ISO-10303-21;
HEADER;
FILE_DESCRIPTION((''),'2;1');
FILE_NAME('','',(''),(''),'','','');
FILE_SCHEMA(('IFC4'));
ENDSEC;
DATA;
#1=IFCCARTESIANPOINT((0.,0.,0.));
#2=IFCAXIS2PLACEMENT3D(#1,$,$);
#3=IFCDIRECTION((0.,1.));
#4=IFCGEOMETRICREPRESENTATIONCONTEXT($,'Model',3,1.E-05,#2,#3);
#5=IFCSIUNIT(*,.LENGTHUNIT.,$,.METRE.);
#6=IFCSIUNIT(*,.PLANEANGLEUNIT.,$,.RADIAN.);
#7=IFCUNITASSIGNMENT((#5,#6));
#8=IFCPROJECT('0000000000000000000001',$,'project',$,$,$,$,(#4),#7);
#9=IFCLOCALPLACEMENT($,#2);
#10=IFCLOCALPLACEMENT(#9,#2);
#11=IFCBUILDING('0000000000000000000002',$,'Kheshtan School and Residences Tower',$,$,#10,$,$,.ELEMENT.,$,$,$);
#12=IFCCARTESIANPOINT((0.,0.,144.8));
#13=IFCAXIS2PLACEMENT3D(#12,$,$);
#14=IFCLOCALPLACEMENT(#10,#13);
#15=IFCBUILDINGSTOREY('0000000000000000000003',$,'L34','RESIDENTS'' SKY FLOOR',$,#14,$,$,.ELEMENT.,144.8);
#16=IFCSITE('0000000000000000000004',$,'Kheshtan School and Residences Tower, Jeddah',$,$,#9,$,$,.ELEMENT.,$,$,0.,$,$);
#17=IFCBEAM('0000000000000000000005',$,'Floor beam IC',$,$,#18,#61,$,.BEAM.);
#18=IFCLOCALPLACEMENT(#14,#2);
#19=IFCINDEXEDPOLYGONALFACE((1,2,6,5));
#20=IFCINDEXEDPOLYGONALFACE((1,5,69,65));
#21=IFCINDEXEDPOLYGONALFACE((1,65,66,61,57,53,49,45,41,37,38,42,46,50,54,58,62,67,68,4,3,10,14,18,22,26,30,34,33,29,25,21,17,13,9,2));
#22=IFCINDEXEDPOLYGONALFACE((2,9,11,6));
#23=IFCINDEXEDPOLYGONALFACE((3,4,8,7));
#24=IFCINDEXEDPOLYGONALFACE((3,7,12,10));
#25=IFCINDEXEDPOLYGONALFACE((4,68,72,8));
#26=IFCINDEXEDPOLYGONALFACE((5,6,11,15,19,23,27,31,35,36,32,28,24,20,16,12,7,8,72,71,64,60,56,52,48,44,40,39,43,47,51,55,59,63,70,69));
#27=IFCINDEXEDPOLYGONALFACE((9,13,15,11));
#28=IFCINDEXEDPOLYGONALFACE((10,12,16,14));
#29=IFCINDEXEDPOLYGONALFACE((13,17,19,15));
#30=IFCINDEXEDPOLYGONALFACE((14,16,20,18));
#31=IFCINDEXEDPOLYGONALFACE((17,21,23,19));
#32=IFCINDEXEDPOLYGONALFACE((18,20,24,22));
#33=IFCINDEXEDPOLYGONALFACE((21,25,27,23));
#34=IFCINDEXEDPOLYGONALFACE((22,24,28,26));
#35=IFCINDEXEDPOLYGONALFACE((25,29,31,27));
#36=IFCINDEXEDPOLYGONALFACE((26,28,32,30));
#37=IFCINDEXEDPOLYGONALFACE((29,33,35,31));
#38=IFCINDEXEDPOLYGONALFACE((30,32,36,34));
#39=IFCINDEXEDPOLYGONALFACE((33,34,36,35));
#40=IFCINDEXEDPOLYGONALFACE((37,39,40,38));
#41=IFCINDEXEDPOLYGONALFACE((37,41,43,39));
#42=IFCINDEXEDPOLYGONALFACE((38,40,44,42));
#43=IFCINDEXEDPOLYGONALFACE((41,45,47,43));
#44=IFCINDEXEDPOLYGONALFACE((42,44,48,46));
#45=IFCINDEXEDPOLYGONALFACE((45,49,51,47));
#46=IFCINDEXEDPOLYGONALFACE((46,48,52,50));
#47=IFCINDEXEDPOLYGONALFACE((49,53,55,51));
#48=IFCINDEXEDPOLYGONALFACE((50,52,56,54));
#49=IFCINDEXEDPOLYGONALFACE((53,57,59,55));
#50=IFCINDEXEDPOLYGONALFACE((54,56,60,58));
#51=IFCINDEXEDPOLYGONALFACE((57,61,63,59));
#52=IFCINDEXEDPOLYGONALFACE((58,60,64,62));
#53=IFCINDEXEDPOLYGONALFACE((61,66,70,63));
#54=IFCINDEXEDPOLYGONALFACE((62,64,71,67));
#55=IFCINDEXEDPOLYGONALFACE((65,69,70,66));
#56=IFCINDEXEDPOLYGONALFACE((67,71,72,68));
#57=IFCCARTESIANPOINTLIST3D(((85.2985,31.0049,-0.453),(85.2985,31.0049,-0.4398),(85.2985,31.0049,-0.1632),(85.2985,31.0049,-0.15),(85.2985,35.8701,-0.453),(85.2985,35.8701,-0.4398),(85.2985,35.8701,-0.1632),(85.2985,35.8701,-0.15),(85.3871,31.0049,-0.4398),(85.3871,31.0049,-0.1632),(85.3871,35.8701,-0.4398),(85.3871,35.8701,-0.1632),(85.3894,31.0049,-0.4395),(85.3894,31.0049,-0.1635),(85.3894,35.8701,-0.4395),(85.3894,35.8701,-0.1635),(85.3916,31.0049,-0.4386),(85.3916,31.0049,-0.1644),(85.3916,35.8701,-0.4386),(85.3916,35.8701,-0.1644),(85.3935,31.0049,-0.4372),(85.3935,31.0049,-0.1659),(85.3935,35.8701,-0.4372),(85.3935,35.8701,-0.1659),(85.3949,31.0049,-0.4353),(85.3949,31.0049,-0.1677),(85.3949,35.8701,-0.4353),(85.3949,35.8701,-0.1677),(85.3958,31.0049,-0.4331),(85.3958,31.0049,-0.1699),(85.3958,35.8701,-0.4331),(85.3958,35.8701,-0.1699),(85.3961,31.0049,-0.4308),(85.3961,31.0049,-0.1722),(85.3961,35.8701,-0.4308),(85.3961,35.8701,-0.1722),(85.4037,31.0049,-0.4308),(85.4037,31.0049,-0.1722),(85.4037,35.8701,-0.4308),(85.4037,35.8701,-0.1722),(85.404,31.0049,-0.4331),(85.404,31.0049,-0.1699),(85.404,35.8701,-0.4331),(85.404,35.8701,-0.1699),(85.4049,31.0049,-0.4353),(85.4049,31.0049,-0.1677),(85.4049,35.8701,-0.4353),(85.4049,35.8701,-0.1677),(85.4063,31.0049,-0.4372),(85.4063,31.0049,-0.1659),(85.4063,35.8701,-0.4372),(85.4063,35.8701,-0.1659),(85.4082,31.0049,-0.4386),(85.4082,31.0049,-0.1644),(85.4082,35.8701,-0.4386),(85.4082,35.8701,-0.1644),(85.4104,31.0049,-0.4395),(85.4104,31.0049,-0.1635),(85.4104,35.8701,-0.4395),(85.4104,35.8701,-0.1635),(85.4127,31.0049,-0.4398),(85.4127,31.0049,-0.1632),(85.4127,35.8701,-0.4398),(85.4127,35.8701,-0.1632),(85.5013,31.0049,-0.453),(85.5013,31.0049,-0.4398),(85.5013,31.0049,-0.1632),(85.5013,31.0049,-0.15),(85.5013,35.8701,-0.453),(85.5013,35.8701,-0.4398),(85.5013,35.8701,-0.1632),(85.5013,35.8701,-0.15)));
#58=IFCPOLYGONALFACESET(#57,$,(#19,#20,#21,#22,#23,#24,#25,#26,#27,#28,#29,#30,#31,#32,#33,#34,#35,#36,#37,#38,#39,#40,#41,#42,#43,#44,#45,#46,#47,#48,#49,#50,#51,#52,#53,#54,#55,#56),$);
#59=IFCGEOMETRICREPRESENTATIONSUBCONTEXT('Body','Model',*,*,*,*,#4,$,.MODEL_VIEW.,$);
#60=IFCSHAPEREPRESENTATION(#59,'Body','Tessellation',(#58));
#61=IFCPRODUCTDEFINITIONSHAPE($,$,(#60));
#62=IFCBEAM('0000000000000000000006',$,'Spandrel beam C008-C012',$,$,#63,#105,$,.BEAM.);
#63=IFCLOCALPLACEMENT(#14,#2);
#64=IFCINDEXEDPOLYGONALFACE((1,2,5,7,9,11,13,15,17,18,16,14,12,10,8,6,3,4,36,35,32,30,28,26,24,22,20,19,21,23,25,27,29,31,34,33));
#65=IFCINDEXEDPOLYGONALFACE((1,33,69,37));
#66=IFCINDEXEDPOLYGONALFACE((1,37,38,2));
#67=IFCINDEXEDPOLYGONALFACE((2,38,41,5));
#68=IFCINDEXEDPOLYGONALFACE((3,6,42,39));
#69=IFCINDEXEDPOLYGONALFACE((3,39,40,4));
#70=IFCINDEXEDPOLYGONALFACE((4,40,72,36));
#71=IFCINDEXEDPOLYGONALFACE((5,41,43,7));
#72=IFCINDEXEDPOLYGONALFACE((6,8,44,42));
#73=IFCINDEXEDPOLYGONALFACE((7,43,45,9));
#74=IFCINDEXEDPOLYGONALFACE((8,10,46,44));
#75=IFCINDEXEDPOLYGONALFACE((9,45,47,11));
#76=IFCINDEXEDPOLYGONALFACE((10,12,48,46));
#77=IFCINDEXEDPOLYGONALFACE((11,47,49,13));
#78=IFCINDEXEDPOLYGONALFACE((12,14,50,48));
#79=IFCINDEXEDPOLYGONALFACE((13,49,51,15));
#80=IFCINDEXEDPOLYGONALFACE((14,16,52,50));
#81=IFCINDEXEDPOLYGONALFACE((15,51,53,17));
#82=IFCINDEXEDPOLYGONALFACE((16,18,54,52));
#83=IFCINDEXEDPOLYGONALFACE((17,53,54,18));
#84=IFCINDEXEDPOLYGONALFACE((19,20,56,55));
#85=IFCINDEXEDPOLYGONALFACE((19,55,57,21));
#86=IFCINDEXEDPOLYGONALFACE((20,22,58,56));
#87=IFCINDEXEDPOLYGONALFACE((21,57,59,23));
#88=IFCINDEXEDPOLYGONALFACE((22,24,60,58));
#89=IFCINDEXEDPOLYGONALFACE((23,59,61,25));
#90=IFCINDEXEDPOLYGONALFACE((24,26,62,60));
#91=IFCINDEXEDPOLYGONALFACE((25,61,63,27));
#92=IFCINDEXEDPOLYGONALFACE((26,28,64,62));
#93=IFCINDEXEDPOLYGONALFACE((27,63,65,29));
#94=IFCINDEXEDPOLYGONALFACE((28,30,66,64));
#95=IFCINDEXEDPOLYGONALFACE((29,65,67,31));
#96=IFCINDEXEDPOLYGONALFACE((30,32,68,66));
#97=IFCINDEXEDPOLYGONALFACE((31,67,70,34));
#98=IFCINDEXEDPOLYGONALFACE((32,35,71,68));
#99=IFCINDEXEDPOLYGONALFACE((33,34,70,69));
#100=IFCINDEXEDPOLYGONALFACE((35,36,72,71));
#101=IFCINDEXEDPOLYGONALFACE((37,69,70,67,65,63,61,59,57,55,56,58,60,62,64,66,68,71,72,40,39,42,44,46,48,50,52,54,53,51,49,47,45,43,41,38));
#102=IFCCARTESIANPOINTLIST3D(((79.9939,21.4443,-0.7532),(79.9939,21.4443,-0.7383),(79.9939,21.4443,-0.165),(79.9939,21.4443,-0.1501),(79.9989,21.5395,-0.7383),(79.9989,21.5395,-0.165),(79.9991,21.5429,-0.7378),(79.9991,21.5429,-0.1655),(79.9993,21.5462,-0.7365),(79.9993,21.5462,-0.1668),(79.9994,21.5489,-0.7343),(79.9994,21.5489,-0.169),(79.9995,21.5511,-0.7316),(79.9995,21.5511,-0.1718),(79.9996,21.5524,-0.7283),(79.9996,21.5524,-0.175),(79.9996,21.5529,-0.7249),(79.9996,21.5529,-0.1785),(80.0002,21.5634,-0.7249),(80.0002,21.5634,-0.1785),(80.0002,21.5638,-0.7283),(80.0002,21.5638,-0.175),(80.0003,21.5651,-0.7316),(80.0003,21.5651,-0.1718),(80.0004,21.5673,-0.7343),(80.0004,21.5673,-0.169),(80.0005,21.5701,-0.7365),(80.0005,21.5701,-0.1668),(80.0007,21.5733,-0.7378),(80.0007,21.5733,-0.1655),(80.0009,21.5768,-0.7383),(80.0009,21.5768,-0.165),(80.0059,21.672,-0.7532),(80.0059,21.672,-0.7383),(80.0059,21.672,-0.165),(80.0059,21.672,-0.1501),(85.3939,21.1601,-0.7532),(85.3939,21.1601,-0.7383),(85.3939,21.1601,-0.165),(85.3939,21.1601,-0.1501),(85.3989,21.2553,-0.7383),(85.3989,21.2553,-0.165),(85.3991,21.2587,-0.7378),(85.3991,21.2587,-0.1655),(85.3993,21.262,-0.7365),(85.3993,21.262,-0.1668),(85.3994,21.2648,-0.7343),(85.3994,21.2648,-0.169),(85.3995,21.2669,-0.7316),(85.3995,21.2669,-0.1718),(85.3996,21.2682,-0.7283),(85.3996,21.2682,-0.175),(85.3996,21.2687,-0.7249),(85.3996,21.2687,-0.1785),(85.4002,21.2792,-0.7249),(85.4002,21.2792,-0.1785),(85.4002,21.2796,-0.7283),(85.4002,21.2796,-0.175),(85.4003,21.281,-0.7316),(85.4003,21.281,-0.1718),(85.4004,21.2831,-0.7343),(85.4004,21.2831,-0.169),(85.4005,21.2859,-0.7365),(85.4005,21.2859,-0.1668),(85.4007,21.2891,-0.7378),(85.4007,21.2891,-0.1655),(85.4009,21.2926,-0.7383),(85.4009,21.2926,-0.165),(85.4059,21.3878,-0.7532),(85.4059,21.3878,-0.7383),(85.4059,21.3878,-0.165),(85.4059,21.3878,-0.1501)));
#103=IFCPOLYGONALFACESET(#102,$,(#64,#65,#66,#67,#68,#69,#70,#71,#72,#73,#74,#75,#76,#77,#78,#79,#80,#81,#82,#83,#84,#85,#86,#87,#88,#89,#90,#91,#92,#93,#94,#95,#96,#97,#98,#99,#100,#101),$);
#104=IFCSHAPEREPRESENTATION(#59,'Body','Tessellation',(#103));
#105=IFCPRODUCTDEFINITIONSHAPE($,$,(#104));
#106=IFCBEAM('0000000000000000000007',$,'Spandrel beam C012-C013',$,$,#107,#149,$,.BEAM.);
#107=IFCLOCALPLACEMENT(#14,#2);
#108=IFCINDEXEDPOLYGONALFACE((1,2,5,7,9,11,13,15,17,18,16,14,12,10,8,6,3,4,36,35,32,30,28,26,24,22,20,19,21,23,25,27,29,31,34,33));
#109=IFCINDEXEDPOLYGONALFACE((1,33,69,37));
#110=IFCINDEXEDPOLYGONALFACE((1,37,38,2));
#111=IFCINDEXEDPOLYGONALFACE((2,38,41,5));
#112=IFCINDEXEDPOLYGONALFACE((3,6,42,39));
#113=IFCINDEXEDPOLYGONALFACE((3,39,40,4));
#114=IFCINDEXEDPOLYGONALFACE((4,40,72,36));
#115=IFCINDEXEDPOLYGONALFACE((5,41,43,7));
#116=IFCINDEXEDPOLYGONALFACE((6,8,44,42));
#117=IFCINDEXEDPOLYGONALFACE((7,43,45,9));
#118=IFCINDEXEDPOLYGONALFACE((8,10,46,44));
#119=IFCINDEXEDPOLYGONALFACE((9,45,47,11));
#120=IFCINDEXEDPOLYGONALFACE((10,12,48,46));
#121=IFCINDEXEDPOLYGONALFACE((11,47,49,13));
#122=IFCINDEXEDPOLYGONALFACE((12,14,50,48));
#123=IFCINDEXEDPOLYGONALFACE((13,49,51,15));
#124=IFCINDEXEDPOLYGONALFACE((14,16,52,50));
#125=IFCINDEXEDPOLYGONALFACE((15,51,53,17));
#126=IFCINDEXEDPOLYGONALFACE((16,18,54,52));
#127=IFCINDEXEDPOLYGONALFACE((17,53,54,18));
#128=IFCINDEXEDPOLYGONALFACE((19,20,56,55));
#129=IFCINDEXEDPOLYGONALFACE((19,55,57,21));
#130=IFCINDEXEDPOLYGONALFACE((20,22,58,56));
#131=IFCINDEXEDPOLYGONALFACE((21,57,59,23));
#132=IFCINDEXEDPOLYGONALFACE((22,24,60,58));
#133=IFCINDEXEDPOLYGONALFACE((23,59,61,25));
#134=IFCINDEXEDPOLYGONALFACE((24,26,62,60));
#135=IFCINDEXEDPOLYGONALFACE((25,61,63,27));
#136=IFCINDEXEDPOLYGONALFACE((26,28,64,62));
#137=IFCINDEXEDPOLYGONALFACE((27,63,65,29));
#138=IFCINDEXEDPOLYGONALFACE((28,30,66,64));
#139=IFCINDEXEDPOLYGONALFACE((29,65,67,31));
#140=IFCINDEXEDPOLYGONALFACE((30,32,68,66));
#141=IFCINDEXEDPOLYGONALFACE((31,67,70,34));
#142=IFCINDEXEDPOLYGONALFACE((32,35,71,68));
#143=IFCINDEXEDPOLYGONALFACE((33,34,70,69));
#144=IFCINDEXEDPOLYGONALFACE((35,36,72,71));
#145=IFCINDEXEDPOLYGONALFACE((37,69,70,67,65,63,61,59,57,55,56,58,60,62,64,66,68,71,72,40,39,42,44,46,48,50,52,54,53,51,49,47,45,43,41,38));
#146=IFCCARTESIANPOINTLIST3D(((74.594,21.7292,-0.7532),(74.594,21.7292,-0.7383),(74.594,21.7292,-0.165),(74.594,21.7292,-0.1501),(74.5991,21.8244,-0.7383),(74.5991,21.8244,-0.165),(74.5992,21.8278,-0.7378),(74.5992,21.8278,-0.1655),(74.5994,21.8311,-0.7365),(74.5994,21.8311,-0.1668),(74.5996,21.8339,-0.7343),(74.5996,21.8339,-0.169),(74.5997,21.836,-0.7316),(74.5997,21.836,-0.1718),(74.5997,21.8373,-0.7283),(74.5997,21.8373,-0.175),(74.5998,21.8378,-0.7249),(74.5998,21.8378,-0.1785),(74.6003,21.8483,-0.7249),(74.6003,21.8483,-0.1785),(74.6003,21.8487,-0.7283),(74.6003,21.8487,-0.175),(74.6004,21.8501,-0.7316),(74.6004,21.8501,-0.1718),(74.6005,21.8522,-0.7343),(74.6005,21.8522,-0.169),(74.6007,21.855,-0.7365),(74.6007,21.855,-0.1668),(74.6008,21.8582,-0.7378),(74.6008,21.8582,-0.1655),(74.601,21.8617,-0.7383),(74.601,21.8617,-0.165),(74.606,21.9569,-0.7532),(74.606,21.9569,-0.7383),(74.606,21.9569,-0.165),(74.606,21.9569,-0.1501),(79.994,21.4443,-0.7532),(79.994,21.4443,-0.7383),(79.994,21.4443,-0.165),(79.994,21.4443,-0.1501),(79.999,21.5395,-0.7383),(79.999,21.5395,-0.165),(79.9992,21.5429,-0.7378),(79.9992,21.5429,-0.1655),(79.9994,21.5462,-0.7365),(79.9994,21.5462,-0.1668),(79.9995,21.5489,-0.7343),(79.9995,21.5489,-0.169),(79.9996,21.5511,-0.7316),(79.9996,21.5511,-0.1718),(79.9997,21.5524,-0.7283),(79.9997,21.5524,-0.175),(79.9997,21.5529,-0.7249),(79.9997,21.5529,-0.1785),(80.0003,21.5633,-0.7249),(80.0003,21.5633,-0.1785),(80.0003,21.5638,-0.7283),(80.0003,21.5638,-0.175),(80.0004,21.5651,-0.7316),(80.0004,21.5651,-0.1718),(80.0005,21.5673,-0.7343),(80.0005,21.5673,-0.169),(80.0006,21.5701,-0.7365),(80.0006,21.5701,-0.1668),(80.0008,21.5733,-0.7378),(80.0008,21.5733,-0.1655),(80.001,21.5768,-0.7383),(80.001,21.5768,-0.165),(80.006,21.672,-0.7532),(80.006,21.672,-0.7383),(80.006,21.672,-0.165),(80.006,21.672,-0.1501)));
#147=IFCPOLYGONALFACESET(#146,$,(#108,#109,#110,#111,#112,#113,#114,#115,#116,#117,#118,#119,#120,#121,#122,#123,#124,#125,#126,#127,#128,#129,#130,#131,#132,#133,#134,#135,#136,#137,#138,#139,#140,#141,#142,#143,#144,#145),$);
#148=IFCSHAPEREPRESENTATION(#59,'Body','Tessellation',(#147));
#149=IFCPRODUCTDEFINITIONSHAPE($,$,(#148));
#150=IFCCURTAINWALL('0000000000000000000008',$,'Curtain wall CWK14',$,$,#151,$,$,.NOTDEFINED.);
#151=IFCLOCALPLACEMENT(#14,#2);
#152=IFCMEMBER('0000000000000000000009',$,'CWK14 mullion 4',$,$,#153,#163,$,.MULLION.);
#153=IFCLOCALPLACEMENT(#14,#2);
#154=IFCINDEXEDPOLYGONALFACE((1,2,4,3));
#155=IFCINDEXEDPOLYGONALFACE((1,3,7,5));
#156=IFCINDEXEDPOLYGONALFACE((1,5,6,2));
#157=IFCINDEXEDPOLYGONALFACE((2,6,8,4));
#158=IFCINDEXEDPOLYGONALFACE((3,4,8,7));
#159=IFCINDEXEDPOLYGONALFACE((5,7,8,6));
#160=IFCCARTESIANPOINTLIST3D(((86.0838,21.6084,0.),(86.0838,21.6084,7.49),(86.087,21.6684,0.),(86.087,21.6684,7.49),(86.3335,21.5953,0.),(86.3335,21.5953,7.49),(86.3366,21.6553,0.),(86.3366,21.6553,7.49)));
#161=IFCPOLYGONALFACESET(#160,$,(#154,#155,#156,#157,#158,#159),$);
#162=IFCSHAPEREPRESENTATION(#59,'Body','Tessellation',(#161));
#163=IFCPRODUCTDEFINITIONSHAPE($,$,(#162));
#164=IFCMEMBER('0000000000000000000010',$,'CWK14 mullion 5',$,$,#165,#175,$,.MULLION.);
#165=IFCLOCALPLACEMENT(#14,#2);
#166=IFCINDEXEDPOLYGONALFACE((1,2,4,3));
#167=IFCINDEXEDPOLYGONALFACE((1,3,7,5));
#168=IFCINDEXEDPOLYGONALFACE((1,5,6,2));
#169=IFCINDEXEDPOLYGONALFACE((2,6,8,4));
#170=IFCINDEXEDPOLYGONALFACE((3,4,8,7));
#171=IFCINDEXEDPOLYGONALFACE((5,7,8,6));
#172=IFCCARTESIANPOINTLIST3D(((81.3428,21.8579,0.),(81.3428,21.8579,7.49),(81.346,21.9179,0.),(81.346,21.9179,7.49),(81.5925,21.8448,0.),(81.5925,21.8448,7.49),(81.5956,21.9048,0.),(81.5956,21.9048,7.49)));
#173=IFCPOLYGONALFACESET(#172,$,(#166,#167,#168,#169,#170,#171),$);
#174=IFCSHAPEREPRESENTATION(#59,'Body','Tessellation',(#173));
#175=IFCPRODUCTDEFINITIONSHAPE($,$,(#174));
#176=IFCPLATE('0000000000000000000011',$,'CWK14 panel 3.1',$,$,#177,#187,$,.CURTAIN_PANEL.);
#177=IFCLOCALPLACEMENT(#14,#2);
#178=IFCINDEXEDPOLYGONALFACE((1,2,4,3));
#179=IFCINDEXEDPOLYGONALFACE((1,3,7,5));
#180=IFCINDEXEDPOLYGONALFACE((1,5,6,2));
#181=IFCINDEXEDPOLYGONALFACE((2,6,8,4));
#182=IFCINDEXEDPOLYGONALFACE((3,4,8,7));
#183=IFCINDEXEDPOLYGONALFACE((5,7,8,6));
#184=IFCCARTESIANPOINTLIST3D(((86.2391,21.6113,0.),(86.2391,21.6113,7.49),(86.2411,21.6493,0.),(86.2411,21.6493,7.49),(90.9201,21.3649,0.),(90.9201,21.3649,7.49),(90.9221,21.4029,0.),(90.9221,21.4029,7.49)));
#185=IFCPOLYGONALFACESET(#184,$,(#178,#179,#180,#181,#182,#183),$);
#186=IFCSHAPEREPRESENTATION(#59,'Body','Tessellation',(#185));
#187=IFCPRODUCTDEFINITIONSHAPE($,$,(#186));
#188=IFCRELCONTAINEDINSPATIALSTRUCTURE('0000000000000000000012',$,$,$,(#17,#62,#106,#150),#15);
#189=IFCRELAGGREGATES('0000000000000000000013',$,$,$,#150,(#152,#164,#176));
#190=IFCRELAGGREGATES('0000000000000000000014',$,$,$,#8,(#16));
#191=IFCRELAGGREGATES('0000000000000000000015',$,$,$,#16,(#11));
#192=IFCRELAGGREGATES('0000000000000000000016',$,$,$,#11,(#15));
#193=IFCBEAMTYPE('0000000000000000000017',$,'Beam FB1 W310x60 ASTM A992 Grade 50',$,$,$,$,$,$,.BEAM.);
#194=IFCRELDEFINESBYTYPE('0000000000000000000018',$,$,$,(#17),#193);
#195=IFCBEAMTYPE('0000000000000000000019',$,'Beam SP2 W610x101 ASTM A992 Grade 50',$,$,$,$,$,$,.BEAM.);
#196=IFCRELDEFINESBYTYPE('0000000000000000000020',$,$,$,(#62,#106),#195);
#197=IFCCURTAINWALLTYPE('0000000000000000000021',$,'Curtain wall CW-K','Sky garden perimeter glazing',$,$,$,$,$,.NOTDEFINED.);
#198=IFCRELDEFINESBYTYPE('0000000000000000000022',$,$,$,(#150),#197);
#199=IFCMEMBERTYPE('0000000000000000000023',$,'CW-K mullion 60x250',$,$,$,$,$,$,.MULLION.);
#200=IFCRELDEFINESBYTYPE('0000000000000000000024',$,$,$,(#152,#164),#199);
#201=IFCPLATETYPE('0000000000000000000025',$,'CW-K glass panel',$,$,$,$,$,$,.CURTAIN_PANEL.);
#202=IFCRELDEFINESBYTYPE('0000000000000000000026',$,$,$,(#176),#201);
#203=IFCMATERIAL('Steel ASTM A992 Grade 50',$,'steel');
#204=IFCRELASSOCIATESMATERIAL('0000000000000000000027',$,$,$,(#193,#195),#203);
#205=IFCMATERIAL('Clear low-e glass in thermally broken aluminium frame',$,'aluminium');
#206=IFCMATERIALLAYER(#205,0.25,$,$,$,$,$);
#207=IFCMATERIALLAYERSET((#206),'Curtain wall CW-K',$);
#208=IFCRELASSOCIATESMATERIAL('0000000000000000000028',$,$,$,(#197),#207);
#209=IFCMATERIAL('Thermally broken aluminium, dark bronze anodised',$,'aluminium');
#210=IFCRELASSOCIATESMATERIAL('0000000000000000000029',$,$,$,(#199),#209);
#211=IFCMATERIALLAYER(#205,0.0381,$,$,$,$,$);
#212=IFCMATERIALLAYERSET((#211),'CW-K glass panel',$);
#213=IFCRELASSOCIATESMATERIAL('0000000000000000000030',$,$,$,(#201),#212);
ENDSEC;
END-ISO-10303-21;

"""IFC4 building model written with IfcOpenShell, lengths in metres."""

from ifc_helpers import new_model, si_unit, direction, frame, origin, origin_2d, place, context, subcontext, project, spatial, rectangle, i_section, extrude, material, layer, layer_set, material_profile, profile_set, type_object, element, aggregate, save


model = new_model("IFC4")

# Units and contexts
model_context = context("Model", 3, precision=1e-05, world=origin(), true_north=direction((0.0, 1.0)))
body_context = subcontext(model_context, "Body", "Model", "MODEL_VIEW")
ifc_project = project(units=[si_unit("LENGTHUNIT", "METRE"), si_unit("PLANEANGLEUNIT", "RADIAN")], contexts=[model_context])

# Site, building, storey
site_placement = place(None, origin())
site = spatial("IfcSite", under=ifc_project, at=site_placement, Name="Kheshtan School and Residences Tower, Jeddah", CompositionType="ELEMENT", RefElevation=0.0)
building_placement = place(site_placement, origin())
building = spatial("IfcBuilding", under=site, at=building_placement, Name="Kheshtan School and Residences Tower", CompositionType="ELEMENT")
storey_placement = place(building_placement, frame((0.0, 0.0, 144.8)))
storey = spatial("IfcBuildingStorey", under=building, at=storey_placement, Name="L34", Description="RESIDENTS' SKY FLOOR", CompositionType="ELEMENT", Elevation=144.8)

# Shared definitions
ifc_material_1 = material(Name="Steel ASTM A992 Grade 50", Category="steel")

# Beams
ifc_material_profile_1 = material_profile(ifc_material_1, i_section(OverallWidth=0.2029, OverallDepth=0.303, WebThickness=0.0076, FlangeThickness=0.0132, FilletRadius=0.009, at=origin_2d()), Name="W310x60")
ifc_profile_set_1 = profile_set([ifc_material_profile_1], Name="Steel ASTM A992 Grade 50")
beam_type_1 = type_object("IfcBeamType", Name="Beam FB1 W310x60 ASTM A992 Grade 50", PredefinedType="BEAM", material=ifc_profile_set_1)
beam_placement = place(storey_placement, frame((85.3999, 31.0049, -0.3015), z_axis=(0.0, 1.0, 0.0), x_axis=(-1.0, 0.0, 0.0)))
element("IfcBeam", 1, at=beam_placement, inside=storey, type_object=beam_type_1, Name="Floor beam IC", PredefinedType="BEAM", context=body_context, shape_type="SweptSolid", body=[
    extrude(i_section(OverallWidth=0.2029, OverallDepth=0.303, WebThickness=0.0076, FlangeThickness=0.0132, FilletRadius=0.009, at=origin_2d()), origin(), (0.0, 0.0, 1.0), 4.8652),
])
ifc_material_profile_2 = material_profile(ifc_material_1, i_section(OverallWidth=0.228, OverallDepth=0.603, WebThickness=0.0105, FlangeThickness=0.0149, FilletRadius=0.0134, at=origin_2d()), Name="W610x101")
ifc_profile_set_2 = profile_set([ifc_material_profile_2], Name="Steel ASTM A992 Grade 50")
beam_type_2 = type_object("IfcBeamType", Name="Beam SP2 W610x101 ASTM A992 Grade 50", PredefinedType="BEAM", material=ifc_profile_set_2)
for number, where, z_axis, x_axis, name in (
    (2, (85.3999, 21.2739, -0.4517), (-0.998618, 0.052554, 0.0), (-0.052554, -0.998618, 0.0), "Spandrel beam C008-C012"),
    (3, (80.0, 21.5581, -0.4517), (-0.998611, 0.052689, 0.0), (-0.052689, -0.998611, 0.0), "Spandrel beam C012-C013"),
):
    element("IfcBeam", number, at=place(storey_placement, frame(where, z_axis=z_axis, x_axis=x_axis)), inside=storey, type_object=beam_type_2, Name=name, PredefinedType="BEAM", context=body_context, shape_type="SweptSolid", body=[
        extrude(i_section(OverallWidth=0.228, OverallDepth=0.603, WebThickness=0.0105, FlangeThickness=0.0149, FilletRadius=0.0134, at=origin_2d()), origin(), (0.0, 0.0, 1.0), 5.4075),
    ])

# Curtain wall, members, plate
ifc_material_2 = material(Name="Clear low-e glass in thermally broken aluminium frame", Category="aluminium")
ifc_layer_1 = layer(ifc_material_2, 0.25)
ifc_layer_set_1 = layer_set([ifc_layer_1], Name="Curtain wall CW-K")
curtain_wall_type = type_object("IfcCurtainWallType", Name="Curtain wall CW-K", Description="Sky garden perimeter glazing", PredefinedType="NOTDEFINED", material=ifc_layer_set_1)
curtain_wall_placement = place(storey_placement, origin())
curtain_wall = element("IfcCurtainWall", 4, at=curtain_wall_placement, inside=storey, type_object=curtain_wall_type, Name="Curtain wall CWK14", PredefinedType="NOTDEFINED")
ifc_material_3 = material(Name="Thermally broken aluminium, dark bronze anodised", Category="aluminium")
ifc_material_profile_3 = material_profile(ifc_material_3, rectangle(XDim=0.0601, YDim=0.25, at=origin_2d()), Name="CW-K mullion 60x250")
ifc_profile_set_3 = profile_set([ifc_material_profile_3], Name="Thermally broken aluminium, dark bronze anodised")
member_type = type_object("IfcMemberType", Name="CW-K mullion 60x250", PredefinedType="MULLION", material=ifc_profile_set_3)
member_1_placement = place(storey_placement, frame((86.2102, 21.6318, 0.0), z_axis=(0.0, 0.0, 1.0), x_axis=(-0.05257, -0.998617, 0.0)))
member_1 = element("IfcMember", 5, at=member_1_placement, type_object=member_type, Name="CWK14 mullion 4", PredefinedType="MULLION", context=body_context, shape_type="SweptSolid", body=[
    extrude(rectangle(XDim=0.0601, YDim=0.25, at=origin_2d()), origin(), (0.0, 0.0, 1.0), 7.49),
])
member_2_placement = place(storey_placement, frame((81.4692, 21.8813, 0.0), z_axis=(0.0, 0.0, 1.0), x_axis=(-0.05257, -0.998617, 0.0)))
member_2 = element("IfcMember", 6, at=member_2_placement, type_object=member_type, Name="CWK14 mullion 5", PredefinedType="MULLION", context=body_context, shape_type="SweptSolid", body=[
    extrude(rectangle(XDim=0.0601, YDim=0.25, at=origin_2d()), origin(), (0.0, 0.0, 1.0), 7.49),
])
ifc_layer_2 = layer(ifc_material_2, 0.0381)
ifc_layer_set_2 = layer_set([ifc_layer_2], Name="CW-K glass panel")
plate_type = type_object("IfcPlateType", Name="CW-K glass panel", PredefinedType="CURTAIN_PANEL", material=ifc_layer_set_2)
plate_1_placement = place(storey_placement, frame((88.5806, 21.5071, 0.0), z_axis=(0.0, 0.0, 1.0), x_axis=(-0.998617, 0.05257, 0.0)))
plate_1 = element("IfcPlate", 7, at=plate_1_placement, type_object=plate_type, Name="CWK14 panel 3.1", PredefinedType="CURTAIN_PANEL", context=body_context, shape_type="SweptSolid", body=[
    extrude(rectangle(XDim=4.6875, YDim=0.0381, at=origin_2d()), origin(), (0.0, 0.0, 1.0), 7.49),
])
aggregate(curtain_wall, [member_1, member_2, plate_1])

save(model, "model.ifc")
